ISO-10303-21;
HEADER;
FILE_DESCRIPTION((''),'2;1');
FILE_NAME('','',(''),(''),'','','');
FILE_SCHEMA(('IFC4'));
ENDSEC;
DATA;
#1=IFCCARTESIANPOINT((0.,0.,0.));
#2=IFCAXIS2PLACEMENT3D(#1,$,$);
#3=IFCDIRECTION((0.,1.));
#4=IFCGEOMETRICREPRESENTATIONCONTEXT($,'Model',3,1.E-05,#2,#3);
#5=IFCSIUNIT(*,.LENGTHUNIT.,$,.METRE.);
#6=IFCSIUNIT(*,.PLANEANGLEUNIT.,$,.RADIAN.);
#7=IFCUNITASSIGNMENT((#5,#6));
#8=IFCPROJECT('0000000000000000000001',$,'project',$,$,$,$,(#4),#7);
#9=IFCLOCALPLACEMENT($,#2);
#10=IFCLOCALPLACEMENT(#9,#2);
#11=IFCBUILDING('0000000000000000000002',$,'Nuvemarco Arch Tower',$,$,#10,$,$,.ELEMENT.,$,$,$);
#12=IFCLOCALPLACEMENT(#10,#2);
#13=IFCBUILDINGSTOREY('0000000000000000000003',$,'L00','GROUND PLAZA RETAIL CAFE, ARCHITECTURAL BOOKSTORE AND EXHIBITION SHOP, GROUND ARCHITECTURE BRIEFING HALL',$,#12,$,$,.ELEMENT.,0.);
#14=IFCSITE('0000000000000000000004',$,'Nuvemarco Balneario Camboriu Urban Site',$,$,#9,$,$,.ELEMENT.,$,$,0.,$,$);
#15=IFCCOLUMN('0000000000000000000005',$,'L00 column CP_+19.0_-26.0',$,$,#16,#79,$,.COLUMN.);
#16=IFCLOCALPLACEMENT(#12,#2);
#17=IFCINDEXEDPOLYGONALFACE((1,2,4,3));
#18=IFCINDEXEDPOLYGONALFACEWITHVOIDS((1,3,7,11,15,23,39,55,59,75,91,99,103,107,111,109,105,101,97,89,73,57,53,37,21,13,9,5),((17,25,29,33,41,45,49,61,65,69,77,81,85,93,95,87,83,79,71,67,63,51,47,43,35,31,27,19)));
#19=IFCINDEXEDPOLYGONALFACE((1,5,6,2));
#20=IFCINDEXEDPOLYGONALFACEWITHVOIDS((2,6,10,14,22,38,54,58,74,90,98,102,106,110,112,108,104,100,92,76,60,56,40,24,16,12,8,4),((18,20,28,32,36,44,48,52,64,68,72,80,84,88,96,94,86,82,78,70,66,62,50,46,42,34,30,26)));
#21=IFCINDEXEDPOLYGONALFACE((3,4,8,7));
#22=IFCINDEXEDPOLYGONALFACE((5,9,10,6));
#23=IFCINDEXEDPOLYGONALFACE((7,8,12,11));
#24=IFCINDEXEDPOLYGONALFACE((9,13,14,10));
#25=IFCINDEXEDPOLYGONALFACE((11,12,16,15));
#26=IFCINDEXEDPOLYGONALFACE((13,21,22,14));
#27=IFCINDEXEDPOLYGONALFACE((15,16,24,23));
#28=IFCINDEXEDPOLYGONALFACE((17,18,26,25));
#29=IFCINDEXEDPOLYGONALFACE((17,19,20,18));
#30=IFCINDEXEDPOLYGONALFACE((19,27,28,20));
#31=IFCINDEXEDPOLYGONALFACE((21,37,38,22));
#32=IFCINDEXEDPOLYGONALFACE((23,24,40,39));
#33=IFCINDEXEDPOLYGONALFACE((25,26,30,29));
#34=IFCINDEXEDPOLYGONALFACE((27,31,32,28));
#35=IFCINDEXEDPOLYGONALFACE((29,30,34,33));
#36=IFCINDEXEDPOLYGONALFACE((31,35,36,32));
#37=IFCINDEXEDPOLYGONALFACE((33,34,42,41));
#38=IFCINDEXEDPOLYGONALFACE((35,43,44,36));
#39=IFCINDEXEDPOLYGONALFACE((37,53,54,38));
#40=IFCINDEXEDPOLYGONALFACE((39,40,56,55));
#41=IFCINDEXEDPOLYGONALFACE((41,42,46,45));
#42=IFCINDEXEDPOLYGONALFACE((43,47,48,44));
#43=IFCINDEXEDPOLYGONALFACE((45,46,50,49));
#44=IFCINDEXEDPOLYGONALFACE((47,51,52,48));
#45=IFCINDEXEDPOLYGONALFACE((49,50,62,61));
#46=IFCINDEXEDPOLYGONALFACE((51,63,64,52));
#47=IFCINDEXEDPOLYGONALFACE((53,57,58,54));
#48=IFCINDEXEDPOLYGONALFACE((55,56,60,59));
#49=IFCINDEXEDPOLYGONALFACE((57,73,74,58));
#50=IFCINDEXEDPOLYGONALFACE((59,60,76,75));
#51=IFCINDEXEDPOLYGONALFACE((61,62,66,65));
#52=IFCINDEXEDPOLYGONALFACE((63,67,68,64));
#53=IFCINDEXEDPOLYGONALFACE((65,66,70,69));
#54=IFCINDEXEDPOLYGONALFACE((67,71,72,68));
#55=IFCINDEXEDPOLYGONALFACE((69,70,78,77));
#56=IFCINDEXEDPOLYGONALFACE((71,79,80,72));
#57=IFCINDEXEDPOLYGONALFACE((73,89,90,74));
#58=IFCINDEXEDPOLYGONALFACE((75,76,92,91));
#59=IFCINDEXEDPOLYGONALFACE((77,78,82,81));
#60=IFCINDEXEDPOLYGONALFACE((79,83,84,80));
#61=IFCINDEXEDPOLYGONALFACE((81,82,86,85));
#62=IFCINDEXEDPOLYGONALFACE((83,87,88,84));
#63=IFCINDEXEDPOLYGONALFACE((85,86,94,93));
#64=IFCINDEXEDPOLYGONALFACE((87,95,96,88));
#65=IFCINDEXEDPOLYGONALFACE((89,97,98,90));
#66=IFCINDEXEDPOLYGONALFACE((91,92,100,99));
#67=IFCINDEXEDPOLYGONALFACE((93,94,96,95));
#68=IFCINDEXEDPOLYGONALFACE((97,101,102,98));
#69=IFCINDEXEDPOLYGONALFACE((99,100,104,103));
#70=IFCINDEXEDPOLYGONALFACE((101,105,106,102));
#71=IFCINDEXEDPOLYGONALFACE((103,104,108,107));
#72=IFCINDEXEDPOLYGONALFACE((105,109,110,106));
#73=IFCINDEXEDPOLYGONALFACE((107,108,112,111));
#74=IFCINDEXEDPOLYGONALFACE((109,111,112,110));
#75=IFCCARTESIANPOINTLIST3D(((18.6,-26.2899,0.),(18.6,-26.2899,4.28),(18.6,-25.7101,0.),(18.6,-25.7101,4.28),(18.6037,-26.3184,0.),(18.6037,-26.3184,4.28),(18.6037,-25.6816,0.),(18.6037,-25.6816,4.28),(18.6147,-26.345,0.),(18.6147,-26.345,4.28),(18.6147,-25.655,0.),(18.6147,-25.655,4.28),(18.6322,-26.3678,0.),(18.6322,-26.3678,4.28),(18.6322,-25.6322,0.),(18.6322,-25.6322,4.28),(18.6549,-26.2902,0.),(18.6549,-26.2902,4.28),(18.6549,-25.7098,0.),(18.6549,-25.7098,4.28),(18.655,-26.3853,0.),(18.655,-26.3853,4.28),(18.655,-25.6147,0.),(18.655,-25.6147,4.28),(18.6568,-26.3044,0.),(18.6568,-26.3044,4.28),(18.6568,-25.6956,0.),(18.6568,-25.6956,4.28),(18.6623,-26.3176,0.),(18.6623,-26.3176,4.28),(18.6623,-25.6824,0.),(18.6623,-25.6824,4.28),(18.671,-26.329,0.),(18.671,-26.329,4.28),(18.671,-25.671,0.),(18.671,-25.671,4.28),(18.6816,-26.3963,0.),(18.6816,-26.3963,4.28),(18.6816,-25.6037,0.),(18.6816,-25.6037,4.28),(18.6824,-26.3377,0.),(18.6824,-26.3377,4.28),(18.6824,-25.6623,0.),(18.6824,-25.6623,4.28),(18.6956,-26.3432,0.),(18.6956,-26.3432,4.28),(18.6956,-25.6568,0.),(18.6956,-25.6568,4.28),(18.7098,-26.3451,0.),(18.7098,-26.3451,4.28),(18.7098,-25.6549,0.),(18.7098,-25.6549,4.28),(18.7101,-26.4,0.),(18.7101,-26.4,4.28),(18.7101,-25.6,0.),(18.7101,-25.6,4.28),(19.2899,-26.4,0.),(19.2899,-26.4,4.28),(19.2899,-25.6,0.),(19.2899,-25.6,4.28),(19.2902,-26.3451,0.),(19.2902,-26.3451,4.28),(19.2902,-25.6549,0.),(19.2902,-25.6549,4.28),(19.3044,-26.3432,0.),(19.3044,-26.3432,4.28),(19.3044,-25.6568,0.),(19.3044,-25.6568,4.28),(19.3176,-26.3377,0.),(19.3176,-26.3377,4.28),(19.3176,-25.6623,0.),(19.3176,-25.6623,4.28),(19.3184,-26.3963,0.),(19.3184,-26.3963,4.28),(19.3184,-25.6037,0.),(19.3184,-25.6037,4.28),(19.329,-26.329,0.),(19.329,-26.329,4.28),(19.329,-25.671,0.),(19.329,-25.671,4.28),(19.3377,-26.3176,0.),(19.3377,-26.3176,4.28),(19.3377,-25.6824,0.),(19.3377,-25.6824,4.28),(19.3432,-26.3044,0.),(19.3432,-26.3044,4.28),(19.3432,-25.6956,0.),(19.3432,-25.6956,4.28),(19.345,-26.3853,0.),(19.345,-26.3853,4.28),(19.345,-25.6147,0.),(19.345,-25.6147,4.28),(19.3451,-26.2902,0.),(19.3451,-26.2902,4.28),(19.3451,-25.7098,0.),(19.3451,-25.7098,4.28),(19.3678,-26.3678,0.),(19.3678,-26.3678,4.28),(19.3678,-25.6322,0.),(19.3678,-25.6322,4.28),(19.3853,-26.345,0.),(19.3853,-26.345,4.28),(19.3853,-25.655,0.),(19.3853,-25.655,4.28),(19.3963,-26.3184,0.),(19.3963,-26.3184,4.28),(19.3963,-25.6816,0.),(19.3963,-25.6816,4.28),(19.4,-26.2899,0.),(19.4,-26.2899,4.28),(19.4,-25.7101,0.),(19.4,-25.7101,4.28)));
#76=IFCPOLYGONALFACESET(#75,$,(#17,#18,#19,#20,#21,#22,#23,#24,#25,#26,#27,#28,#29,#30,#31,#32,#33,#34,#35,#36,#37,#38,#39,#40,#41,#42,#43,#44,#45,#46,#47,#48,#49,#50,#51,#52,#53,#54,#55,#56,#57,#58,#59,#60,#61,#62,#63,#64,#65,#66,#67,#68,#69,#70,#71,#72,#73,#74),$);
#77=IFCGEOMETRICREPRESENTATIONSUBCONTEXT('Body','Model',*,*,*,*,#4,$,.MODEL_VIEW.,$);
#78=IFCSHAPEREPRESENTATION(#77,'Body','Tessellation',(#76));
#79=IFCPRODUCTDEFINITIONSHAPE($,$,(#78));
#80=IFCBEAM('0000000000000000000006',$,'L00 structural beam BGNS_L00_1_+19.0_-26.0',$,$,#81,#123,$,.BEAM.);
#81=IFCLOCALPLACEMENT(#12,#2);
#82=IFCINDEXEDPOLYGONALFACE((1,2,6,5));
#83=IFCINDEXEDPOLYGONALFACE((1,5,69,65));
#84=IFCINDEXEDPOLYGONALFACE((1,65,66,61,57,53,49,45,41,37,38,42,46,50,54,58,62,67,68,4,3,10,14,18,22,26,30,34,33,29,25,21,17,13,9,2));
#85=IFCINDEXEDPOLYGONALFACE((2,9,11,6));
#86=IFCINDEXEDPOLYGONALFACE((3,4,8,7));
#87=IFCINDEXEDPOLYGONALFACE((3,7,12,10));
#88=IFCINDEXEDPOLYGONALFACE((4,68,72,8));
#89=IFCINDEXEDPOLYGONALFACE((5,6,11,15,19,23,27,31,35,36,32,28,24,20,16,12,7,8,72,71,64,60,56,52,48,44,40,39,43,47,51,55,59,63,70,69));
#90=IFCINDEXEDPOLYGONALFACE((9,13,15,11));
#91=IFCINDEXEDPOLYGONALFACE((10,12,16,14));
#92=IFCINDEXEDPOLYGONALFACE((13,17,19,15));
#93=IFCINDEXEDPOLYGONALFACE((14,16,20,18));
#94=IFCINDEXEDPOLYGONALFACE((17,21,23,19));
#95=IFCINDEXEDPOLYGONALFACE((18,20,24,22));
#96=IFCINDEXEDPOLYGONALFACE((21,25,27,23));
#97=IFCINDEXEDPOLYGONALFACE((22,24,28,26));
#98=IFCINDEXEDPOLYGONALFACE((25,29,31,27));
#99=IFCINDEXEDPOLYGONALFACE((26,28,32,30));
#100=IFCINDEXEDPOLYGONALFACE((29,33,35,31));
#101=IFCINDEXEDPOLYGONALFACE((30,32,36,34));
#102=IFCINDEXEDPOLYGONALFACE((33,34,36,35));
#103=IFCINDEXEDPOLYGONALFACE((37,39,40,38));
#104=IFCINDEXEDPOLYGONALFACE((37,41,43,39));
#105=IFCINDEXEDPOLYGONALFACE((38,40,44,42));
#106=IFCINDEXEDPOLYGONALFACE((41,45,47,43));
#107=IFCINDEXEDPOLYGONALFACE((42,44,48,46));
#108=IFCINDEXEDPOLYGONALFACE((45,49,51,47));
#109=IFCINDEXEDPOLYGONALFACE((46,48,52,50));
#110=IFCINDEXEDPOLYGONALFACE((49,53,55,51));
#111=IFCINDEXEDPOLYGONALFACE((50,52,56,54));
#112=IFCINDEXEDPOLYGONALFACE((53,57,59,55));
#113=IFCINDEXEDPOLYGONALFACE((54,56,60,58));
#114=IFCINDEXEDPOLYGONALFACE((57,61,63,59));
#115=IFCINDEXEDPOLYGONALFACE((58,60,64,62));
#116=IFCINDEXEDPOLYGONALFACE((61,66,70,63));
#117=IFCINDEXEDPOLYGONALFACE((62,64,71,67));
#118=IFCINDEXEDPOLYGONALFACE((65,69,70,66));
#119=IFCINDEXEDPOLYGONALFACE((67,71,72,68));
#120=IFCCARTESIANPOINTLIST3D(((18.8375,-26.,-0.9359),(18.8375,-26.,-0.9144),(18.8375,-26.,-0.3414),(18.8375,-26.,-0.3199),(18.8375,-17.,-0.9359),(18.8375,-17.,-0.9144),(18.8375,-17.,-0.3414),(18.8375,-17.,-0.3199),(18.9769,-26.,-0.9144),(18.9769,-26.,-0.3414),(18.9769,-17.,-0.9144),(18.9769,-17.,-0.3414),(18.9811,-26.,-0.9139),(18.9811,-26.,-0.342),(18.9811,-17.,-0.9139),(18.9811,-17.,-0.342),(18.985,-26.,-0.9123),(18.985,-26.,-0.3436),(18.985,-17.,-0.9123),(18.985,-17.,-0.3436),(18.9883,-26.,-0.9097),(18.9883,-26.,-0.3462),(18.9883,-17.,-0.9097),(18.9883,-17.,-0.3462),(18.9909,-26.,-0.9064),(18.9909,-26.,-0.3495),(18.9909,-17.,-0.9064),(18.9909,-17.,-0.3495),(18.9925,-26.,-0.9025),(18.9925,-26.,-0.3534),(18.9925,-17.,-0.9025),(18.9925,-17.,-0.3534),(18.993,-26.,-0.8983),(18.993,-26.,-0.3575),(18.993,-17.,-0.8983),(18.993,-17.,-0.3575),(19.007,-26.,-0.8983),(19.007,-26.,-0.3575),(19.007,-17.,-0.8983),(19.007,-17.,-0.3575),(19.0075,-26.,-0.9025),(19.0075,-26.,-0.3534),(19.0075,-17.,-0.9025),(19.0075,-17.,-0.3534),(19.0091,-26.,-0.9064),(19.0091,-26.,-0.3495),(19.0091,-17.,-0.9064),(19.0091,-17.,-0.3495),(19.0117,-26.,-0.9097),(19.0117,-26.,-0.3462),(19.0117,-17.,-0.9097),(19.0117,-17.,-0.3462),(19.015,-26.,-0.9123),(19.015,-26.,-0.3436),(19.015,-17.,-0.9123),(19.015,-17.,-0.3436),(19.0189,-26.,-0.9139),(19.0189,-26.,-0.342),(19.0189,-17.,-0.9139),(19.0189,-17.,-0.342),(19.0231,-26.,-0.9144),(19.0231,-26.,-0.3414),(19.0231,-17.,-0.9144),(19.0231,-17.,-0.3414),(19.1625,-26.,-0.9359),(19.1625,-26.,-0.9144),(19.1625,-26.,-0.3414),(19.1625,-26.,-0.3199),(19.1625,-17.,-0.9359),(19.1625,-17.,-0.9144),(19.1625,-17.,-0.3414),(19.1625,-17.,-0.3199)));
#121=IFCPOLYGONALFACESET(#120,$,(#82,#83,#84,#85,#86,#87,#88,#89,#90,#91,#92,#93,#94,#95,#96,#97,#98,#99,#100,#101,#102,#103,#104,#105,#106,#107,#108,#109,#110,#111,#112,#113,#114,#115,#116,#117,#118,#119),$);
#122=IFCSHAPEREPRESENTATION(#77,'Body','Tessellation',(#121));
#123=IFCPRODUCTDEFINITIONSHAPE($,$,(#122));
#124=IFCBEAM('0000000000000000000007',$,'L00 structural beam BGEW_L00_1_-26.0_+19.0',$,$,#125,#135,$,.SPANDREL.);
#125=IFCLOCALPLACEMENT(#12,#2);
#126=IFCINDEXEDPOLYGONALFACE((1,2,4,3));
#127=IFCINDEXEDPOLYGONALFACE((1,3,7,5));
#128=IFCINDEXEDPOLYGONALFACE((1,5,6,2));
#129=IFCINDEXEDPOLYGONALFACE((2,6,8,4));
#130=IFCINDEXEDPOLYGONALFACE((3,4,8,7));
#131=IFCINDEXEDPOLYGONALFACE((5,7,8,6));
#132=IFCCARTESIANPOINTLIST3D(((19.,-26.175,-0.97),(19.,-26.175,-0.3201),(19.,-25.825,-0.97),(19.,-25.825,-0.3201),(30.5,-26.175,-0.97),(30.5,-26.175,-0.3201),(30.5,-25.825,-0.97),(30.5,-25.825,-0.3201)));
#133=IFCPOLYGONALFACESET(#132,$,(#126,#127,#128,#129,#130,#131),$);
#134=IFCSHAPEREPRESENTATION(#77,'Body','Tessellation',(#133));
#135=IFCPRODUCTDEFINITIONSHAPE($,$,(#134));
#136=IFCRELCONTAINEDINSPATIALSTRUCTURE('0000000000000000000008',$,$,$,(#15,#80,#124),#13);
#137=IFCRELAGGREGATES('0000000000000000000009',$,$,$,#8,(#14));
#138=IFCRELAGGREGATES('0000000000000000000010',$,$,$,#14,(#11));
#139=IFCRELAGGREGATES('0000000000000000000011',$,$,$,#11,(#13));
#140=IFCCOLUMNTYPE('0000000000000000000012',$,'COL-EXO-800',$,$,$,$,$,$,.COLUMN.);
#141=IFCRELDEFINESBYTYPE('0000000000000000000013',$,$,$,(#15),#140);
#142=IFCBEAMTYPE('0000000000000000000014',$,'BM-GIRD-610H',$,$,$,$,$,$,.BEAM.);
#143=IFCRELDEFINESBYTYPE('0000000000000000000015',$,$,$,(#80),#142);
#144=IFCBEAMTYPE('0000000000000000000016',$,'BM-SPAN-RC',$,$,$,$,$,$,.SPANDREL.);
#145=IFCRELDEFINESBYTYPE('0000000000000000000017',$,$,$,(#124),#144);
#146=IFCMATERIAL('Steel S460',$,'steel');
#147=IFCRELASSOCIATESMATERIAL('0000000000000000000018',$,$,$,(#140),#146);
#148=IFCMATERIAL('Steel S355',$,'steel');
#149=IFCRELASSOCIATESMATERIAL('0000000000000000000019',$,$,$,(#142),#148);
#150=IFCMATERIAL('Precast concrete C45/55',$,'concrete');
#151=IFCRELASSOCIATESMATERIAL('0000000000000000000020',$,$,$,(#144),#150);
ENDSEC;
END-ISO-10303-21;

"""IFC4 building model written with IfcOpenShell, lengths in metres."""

from ifc_helpers import new_model, si_unit, direction, frame, origin, origin_2d, place, context, subcontext, project, spatial, rectangle, hollow_rectangle, i_section, extrude, material, material_profile, profile_set, type_object, element, save


model = new_model("IFC4")

# Units and contexts
model_context = context("Model", 3, precision=1e-05, world=origin(), true_north=direction((0.0, 1.0)))
body_context = subcontext(model_context, "Body", "Model", "MODEL_VIEW")
ifc_project = project(units=[si_unit("LENGTHUNIT", "METRE"), si_unit("PLANEANGLEUNIT", "RADIAN")], contexts=[model_context])

# Site, building, storey
site_placement = place(None, origin())
site = spatial("IfcSite", under=ifc_project, at=site_placement, Name="Nuvemarco Balneario Camboriu Urban Site", CompositionType="ELEMENT", RefElevation=0.0)
building_placement = place(site_placement, origin())
building = spatial("IfcBuilding", under=site, at=building_placement, Name="Nuvemarco Arch Tower", CompositionType="ELEMENT")
storey_placement = place(building_placement, origin())
storey = spatial("IfcBuildingStorey", under=building, at=storey_placement, Name="L00", Description="GROUND PLAZA RETAIL CAFE, ARCHITECTURAL BOOKSTORE AND EXHIBITION SHOP, GROUND ARCHITECTURE BRIEFING HALL", CompositionType="ELEMENT", Elevation=0.0)

# Column
ifc_material_1 = material(Name="Steel S460", Category="steel")
ifc_material_profile_1 = material_profile(ifc_material_1, hollow_rectangle(XDim=0.8, YDim=0.8, WallThickness=0.0549, InnerFilletRadius=0.0549, OuterFilletRadius=0.1101, at=origin_2d()), Name="SHS800x800x55")
ifc_profile_set_1 = profile_set([ifc_material_profile_1], Name="Steel S460")
column_type = type_object("IfcColumnType", Name="COL-EXO-800", PredefinedType="COLUMN", material=ifc_profile_set_1)
column_placement = place(storey_placement, frame((19.0, -26.0, 0.0), z_axis=(0.0, 0.0, 1.0), x_axis=(1.0, 0.0, 0.0)))
element("IfcColumn", 1, at=column_placement, inside=storey, type_object=column_type, Name="L00 column CP_+19.0_-26.0", PredefinedType="COLUMN", context=body_context, shape_type="SweptSolid", body=[
    extrude(hollow_rectangle(XDim=0.8, YDim=0.8, WallThickness=0.0549, InnerFilletRadius=0.0549, OuterFilletRadius=0.1101, at=origin_2d()), origin(), (0.0, 0.0, 1.0), 4.28),
])

# Beams
ifc_material_2 = material(Name="Steel S355", Category="steel")
ifc_material_profile_2 = material_profile(ifc_material_2, i_section(OverallWidth=0.325, OverallDepth=0.616, WebThickness=0.0139, FlangeThickness=0.0215, FilletRadius=0.0161, at=origin_2d()), Name="W610x174")
ifc_profile_set_2 = profile_set([ifc_material_profile_2], Name="Steel S355")
beam_type_1 = type_object("IfcBeamType", Name="BM-GIRD-610H", PredefinedType="BEAM", material=ifc_profile_set_2)
beam_1_placement = place(storey_placement, frame((19.0, -26.0, -0.6279), z_axis=(0.0, 1.0, 0.0), x_axis=(-1.0, 0.0, 0.0)))
element("IfcBeam", 2, at=beam_1_placement, inside=storey, type_object=beam_type_1, Name="L00 structural beam BGNS_L00_1_+19.0_-26.0", PredefinedType="BEAM", context=body_context, shape_type="SweptSolid", body=[
    extrude(i_section(OverallWidth=0.325, OverallDepth=0.616, WebThickness=0.0139, FlangeThickness=0.0215, FilletRadius=0.0161, at=origin_2d()), origin(), (0.0, 0.0, 1.0), 9.0),
])
ifc_material_3 = material(Name="Precast concrete C45/55", Category="concrete")
ifc_material_profile_3 = material_profile(ifc_material_3, rectangle(XDim=0.3501, YDim=0.6499, at=origin_2d()), Name="PC-SP-350x650")
ifc_profile_set_3 = profile_set([ifc_material_profile_3], Name="Precast concrete C45/55")
beam_type_2 = type_object("IfcBeamType", Name="BM-SPAN-RC", PredefinedType="SPANDREL", material=ifc_profile_set_3)
beam_2_placement = place(storey_placement, frame((19.0, -26.0, -0.645), z_axis=(1.0, 0.0, 0.0), x_axis=(0.0, 1.0, 0.0)))
element("IfcBeam", 3, at=beam_2_placement, inside=storey, type_object=beam_type_2, Name="L00 structural beam BGEW_L00_1_-26.0_+19.0", PredefinedType="SPANDREL", context=body_context, shape_type="SweptSolid", body=[
    extrude(rectangle(XDim=0.3501, YDim=0.6499, at=origin_2d()), origin(), (0.0, 0.0, 1.0), 11.5),
])

save(model, "model.ifc")
